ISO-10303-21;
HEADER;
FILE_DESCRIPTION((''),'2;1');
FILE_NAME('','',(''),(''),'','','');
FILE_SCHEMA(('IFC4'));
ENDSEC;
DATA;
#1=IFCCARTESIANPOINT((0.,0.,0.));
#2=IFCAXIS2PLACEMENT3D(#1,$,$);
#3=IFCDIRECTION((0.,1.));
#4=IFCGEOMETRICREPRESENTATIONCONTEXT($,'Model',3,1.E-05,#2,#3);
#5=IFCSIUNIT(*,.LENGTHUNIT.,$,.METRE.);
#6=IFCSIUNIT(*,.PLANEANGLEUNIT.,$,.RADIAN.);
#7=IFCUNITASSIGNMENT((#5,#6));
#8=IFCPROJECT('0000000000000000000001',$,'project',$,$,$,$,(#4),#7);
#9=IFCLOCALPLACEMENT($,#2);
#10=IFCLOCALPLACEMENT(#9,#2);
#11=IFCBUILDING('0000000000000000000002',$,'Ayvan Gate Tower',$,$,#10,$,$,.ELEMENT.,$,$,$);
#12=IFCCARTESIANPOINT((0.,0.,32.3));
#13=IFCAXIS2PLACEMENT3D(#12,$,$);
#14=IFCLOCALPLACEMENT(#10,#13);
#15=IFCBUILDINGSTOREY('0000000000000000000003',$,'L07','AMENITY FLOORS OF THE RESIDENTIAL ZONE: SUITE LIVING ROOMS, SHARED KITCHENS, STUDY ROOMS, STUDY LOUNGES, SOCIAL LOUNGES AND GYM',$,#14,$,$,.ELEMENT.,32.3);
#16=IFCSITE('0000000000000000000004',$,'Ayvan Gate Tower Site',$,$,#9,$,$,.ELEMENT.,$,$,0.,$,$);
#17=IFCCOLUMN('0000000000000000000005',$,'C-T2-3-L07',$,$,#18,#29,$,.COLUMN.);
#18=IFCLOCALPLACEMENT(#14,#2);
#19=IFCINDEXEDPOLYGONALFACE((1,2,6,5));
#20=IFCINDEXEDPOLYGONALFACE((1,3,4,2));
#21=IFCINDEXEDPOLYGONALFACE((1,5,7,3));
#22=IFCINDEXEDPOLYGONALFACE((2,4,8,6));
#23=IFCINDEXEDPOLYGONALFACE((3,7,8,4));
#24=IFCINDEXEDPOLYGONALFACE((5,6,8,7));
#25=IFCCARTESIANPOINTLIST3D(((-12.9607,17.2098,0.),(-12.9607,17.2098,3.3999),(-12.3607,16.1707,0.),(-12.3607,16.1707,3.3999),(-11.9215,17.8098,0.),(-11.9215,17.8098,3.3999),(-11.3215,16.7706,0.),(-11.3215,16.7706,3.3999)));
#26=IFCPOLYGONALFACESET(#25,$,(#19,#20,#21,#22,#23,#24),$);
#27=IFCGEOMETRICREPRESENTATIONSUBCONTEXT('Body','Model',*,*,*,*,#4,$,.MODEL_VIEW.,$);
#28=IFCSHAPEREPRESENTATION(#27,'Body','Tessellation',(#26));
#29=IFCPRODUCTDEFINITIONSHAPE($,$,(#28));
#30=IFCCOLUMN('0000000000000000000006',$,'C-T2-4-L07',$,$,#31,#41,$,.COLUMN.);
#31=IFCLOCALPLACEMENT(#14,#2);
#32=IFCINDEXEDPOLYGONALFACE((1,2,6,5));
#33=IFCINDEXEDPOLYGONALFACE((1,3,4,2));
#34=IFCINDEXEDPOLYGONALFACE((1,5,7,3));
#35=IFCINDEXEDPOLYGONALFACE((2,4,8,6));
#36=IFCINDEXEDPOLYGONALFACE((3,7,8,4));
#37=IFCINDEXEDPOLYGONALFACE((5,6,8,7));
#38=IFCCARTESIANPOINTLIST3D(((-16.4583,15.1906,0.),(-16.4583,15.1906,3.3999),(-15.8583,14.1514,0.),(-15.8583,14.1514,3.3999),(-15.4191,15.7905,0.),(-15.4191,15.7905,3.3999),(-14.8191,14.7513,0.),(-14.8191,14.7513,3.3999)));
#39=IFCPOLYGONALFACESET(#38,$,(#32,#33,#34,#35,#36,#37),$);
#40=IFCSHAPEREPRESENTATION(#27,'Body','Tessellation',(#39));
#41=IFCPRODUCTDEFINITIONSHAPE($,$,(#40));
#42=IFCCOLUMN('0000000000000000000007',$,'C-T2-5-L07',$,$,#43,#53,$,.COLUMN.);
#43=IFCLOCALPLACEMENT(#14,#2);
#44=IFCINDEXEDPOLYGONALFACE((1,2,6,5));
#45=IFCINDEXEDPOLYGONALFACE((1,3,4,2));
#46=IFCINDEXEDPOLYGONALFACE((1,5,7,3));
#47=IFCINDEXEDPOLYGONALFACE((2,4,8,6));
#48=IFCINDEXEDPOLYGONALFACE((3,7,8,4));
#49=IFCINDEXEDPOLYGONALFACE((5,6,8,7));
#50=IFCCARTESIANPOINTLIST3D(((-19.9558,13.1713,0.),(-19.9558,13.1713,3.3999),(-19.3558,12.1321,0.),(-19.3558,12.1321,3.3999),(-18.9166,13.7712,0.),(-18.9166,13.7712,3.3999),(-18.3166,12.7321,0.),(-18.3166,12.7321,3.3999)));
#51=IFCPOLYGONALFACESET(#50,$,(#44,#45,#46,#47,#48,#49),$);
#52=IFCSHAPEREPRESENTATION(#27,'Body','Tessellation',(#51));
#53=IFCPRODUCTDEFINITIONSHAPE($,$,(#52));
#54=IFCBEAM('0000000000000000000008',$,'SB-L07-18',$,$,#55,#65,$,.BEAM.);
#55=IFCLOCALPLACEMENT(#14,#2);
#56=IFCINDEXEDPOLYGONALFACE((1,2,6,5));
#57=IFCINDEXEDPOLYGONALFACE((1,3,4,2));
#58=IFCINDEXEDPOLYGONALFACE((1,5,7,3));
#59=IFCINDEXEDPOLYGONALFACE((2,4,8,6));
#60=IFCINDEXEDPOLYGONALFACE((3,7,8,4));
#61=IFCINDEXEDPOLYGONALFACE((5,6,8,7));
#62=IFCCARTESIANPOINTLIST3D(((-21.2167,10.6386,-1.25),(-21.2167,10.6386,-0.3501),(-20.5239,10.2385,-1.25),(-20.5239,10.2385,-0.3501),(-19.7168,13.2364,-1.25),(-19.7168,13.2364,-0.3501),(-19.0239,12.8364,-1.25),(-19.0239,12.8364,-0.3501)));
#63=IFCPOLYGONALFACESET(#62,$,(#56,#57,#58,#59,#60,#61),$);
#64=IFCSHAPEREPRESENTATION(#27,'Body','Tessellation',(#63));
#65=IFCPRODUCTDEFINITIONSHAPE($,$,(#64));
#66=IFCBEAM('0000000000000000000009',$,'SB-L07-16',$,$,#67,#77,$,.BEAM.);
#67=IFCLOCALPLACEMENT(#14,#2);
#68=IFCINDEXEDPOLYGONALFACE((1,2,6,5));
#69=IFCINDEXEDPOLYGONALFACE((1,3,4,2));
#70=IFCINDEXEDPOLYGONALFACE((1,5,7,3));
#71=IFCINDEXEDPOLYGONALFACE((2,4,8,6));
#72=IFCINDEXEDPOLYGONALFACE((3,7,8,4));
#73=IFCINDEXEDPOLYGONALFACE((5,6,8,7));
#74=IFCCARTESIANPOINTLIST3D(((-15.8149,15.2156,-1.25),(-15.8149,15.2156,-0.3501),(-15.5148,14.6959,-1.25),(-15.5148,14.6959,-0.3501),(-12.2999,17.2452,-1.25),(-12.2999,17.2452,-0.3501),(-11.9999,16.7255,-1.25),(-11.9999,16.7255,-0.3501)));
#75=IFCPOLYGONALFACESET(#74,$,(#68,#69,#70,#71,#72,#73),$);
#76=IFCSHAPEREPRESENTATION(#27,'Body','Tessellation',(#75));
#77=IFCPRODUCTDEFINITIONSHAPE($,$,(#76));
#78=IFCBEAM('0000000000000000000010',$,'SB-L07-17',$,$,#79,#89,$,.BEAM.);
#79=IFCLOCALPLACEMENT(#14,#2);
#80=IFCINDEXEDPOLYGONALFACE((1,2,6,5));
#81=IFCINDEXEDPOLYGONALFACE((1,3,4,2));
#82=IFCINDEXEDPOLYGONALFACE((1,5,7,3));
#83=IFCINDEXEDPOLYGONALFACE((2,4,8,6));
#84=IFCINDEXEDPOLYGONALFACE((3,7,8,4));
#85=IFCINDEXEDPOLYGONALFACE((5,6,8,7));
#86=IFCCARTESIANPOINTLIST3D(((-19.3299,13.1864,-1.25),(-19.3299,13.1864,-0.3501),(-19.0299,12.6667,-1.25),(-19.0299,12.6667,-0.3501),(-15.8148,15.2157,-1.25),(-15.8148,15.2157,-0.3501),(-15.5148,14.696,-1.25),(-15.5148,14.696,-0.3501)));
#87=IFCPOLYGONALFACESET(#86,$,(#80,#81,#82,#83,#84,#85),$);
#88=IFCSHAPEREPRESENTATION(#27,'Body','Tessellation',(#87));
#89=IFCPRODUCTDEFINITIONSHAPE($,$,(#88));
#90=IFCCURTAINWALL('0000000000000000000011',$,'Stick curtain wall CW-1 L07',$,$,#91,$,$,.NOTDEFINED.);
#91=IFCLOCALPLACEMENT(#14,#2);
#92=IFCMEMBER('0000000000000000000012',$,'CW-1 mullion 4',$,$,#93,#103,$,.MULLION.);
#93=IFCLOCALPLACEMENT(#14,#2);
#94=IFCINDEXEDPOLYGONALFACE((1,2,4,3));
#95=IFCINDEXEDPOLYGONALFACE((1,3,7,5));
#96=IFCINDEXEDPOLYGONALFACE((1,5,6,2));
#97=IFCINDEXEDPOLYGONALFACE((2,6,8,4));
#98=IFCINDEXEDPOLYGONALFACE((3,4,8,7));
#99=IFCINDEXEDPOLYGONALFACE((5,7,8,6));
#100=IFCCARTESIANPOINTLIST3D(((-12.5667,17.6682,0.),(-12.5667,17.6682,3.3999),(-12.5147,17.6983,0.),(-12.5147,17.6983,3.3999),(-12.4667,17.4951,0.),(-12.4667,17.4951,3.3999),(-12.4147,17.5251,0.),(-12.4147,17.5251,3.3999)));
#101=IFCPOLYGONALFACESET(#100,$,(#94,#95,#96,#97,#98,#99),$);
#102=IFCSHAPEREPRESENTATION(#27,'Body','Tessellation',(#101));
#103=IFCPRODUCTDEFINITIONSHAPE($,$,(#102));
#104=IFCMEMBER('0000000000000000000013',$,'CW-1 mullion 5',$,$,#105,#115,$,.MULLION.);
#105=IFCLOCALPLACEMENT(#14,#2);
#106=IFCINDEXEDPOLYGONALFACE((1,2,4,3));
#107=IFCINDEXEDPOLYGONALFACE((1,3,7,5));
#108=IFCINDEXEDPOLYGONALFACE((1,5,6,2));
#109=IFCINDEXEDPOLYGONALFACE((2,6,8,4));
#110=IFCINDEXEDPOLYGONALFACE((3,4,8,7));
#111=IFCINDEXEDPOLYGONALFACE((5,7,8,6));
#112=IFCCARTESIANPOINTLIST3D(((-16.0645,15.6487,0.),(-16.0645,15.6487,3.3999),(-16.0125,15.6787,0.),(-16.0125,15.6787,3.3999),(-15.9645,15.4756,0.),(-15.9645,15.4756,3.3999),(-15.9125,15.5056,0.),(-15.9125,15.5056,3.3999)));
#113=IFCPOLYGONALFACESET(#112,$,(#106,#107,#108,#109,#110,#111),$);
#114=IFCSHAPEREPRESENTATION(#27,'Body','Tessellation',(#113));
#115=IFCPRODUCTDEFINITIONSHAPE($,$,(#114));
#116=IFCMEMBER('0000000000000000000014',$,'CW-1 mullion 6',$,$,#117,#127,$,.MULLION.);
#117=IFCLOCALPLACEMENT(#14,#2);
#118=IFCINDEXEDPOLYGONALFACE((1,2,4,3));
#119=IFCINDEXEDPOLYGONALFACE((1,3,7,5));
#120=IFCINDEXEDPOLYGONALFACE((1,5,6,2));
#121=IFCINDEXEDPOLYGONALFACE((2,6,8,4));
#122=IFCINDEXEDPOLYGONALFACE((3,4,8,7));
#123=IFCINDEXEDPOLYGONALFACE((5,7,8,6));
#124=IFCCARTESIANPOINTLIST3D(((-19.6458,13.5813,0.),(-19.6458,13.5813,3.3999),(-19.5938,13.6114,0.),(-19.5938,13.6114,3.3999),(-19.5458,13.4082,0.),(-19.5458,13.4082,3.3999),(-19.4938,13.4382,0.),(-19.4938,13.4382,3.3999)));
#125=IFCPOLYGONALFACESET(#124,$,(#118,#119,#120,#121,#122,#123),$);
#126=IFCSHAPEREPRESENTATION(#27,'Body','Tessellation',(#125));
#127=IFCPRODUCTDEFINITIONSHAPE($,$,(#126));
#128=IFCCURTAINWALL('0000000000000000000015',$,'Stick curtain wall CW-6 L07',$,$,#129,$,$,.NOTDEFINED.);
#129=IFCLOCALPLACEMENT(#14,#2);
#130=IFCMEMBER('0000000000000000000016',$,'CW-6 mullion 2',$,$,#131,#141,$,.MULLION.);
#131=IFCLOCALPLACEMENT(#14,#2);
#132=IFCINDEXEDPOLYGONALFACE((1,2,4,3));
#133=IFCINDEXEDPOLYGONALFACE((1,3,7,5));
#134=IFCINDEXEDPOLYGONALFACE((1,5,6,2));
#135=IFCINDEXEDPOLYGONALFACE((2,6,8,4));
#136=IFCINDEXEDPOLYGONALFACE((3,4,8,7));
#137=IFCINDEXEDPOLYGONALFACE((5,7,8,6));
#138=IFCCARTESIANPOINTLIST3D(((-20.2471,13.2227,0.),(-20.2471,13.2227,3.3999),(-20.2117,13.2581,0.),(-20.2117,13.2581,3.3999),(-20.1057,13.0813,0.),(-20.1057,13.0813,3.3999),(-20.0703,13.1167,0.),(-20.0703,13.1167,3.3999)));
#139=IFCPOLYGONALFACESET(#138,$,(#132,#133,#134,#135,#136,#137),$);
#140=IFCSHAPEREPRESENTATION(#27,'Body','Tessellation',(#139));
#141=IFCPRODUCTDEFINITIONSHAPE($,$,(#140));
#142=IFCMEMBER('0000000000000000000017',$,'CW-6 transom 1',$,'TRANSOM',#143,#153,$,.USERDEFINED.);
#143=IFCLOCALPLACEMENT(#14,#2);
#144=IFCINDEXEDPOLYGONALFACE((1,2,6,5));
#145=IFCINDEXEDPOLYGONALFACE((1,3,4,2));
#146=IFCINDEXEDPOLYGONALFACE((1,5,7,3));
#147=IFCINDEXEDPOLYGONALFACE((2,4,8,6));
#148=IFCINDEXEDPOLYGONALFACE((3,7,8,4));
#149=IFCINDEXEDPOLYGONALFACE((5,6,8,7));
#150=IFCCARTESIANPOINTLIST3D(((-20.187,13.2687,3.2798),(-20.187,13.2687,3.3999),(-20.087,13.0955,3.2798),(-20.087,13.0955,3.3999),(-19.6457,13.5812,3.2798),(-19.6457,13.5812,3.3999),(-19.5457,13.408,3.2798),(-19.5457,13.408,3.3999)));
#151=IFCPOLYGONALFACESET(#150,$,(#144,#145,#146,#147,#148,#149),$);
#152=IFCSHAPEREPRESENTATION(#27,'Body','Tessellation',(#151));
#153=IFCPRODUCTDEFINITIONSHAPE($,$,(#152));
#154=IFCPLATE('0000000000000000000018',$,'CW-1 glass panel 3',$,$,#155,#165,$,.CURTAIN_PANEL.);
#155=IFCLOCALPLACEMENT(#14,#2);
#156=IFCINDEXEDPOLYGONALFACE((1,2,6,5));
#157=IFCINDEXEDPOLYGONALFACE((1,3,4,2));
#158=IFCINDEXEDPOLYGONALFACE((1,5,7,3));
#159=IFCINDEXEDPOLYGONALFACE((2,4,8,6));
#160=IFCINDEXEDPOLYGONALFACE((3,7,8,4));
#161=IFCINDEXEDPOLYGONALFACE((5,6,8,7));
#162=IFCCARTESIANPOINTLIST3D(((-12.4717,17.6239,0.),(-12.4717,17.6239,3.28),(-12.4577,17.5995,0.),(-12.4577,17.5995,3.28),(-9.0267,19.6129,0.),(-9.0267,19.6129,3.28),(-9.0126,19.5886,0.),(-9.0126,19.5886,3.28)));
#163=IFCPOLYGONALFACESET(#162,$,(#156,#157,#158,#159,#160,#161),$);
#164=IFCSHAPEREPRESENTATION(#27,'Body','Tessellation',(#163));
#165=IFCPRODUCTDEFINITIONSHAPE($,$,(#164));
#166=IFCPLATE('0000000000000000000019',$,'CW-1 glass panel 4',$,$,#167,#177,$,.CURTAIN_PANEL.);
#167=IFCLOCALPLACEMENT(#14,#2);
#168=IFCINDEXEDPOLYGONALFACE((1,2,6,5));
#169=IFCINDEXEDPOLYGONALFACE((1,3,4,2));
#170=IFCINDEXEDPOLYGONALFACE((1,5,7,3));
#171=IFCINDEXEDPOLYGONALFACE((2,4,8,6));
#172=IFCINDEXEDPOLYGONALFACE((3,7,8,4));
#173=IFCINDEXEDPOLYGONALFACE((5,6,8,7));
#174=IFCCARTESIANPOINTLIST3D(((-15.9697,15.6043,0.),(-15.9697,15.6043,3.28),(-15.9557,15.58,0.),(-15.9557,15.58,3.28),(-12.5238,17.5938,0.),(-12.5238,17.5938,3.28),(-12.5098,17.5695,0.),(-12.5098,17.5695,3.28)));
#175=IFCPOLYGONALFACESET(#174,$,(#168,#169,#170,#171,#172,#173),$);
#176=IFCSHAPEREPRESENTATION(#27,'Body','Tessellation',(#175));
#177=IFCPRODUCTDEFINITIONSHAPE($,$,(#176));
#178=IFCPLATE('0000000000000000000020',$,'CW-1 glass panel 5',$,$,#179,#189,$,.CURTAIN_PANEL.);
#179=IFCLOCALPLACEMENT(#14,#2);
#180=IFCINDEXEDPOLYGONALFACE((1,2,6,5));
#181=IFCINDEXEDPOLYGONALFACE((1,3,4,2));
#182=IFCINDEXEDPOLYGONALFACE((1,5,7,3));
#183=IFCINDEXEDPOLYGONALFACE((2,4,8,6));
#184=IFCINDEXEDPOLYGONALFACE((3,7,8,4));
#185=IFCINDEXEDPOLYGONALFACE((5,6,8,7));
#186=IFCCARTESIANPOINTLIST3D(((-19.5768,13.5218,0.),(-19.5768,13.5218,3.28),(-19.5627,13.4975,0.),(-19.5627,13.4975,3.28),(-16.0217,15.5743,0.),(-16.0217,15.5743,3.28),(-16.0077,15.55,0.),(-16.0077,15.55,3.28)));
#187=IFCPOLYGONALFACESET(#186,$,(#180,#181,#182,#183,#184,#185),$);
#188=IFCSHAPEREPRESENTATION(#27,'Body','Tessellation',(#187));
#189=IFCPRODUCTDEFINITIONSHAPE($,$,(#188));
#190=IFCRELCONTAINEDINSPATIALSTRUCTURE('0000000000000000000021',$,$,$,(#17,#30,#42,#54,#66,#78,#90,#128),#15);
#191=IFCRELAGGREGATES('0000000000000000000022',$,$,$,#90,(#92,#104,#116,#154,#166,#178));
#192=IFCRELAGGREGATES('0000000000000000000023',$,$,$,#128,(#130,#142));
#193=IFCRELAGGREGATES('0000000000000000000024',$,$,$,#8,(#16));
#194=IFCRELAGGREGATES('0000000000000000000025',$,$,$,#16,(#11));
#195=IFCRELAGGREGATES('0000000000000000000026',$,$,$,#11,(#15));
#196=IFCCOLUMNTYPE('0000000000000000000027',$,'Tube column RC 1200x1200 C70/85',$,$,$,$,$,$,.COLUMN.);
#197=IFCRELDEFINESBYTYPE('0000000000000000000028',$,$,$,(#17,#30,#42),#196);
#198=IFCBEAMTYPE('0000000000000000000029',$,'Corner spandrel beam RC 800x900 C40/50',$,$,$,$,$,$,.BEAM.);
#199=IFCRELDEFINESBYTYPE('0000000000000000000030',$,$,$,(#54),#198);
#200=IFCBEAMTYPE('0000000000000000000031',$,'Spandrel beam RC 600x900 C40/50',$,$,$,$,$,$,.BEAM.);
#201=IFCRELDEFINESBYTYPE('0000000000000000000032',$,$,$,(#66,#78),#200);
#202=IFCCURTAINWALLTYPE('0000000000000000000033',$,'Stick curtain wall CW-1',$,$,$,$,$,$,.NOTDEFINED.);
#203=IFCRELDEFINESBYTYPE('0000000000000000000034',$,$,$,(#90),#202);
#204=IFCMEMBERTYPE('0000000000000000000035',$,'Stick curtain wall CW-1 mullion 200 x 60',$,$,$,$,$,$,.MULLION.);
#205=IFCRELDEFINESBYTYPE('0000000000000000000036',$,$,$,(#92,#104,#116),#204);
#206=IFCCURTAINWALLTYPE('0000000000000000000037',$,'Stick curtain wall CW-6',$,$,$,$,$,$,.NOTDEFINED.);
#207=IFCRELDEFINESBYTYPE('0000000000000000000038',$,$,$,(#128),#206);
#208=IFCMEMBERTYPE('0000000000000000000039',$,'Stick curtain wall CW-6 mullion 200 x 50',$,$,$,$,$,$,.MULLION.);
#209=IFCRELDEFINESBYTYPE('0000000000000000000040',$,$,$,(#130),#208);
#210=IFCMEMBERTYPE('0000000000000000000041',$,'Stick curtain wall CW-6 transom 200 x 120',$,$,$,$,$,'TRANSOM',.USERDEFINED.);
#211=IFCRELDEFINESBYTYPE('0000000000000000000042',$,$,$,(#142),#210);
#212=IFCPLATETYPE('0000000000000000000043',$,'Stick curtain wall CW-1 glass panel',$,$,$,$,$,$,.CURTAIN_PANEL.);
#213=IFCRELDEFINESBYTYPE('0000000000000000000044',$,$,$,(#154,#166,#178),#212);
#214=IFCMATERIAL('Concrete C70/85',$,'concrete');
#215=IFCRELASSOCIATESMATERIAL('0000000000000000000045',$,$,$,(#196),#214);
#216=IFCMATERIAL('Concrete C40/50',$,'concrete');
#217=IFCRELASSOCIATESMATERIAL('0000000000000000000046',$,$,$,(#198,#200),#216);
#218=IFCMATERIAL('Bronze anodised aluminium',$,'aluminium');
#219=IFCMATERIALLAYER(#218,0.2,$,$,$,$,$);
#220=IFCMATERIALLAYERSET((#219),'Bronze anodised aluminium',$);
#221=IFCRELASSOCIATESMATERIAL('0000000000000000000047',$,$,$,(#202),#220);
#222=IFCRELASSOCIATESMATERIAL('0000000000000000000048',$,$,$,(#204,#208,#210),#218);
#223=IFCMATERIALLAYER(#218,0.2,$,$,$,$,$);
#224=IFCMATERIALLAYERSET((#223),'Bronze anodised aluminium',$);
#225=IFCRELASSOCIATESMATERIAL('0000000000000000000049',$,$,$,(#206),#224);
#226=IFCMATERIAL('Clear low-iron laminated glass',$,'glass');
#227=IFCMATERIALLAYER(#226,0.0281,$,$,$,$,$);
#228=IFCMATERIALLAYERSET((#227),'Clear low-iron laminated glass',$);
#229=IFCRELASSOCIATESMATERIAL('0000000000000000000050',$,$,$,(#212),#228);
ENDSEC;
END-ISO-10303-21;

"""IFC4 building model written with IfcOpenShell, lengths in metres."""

from ifc_helpers import new_model, si_unit, direction, frame, origin, origin_2d, place, context, subcontext, project, spatial, rectangle, extrude, material, layer, layer_set, material_profile, profile_set, type_object, element, aggregate, save


model = new_model("IFC4")

# Units and contexts
model_context = context("Model", 3, precision=1e-05, world=origin(), true_north=direction((0.0, 1.0)))
body_context = subcontext(model_context, "Body", "Model", "MODEL_VIEW")
ifc_project = project(units=[si_unit("LENGTHUNIT", "METRE"), si_unit("PLANEANGLEUNIT", "RADIAN")], contexts=[model_context])

# Site, building, storey
site_placement = place(None, origin())
site = spatial("IfcSite", under=ifc_project, at=site_placement, Name="Ayvan Gate Tower Site", CompositionType="ELEMENT", RefElevation=0.0)
building_placement = place(site_placement, origin())
building = spatial("IfcBuilding", under=site, at=building_placement, Name="Ayvan Gate Tower", CompositionType="ELEMENT")
storey_placement = place(building_placement, frame((0.0, 0.0, 32.3)))
storey = spatial("IfcBuildingStorey", under=building, at=storey_placement, Name="L07", Description="AMENITY FLOORS OF THE RESIDENTIAL ZONE: SUITE LIVING ROOMS, SHARED KITCHENS, STUDY ROOMS, STUDY LOUNGES, SOCIAL LOUNGES AND GYM", CompositionType="ELEMENT", Elevation=32.3)

# Columns
ifc_material_1 = material(Name="Concrete C70/85", Category="concrete")
ifc_material_profile_1 = material_profile(ifc_material_1, rectangle(XDim=1.2, YDim=1.2, at=origin_2d()), Name="RC 1200x1200")
ifc_profile_set_1 = profile_set([ifc_material_profile_1], Name="Concrete C70/85")
column_type = type_object("IfcColumnType", Name="Tube column RC 1200x1200 C70/85", PredefinedType="COLUMN", material=ifc_profile_set_1)
for number, where, z_axis, x_axis, name in (
    (1, (-12.1411, 16.9902, 0.0), (0.0, 0.0, 1.0), (-0.5, 0.866025, 0.0), "C-T2-3-L07"),
    (2, (-15.6387, 14.9709, 0.0), (0.0, 0.0, 1.0), (-0.5, 0.866025, 0.0), "C-T2-4-L07"),
    (3, (-19.1362, 12.9517, 0.0), (0.0, 0.0, 1.0), (-0.5, 0.866025, 0.0), "C-T2-5-L07"),
):
    element("IfcColumn", number, at=place(storey_placement, frame(where, z_axis=z_axis, x_axis=x_axis)), inside=storey, type_object=column_type, Name=name, PredefinedType="COLUMN", context=body_context, shape_type="SweptSolid", body=[
        extrude(rectangle(XDim=1.2, YDim=1.2, at=origin_2d()), origin(), (0.0, 0.0, 1.0), 3.3999),
    ])

# Beams
ifc_material_2 = material(Name="Concrete C40/50", Category="concrete")
ifc_material_profile_2 = material_profile(ifc_material_2, rectangle(XDim=0.8, YDim=0.8999, at=origin_2d()), Name="RC 800x900")
ifc_profile_set_2 = profile_set([ifc_material_profile_2], Name="Concrete C40/50")
beam_type_1 = type_object("IfcBeamType", Name="Corner spandrel beam RC 800x900 C40/50", PredefinedType="BEAM", material=ifc_profile_set_2)
beam_placement = place(storey_placement, frame((-19.3704, 13.0364, -0.8), z_axis=(-0.500025, -0.866011, 0.0), x_axis=(0.866011, -0.500025, 0.0)))
element("IfcBeam", 4, at=beam_placement, inside=storey, type_object=beam_type_1, Name="SB-L07-18", PredefinedType="BEAM", context=body_context, shape_type="SweptSolid", body=[
    extrude(rectangle(XDim=0.8, YDim=0.8999, at=origin_2d()), origin(), (0.0, 0.0, 1.0), 2.9998),
])
ifc_material_profile_3 = material_profile(ifc_material_2, rectangle(XDim=0.6001, YDim=0.8999, at=origin_2d()), Name="RC 600x900")
ifc_profile_set_3 = profile_set([ifc_material_profile_3], Name="Concrete C40/50")
beam_type_2 = type_object("IfcBeamType", Name="Spandrel beam RC 600x900 C40/50", PredefinedType="BEAM", material=ifc_profile_set_3)
for number, where, z_axis, x_axis, name in (
    (5, (-12.1499, 16.9854, -0.8), (-0.866002, -0.50004, 0.0), (0.50004, -0.866002, 0.0), "SB-L07-16"),
    (6, (-15.6648, 14.9558, -0.8), (-0.866043, -0.499969, 0.0), (0.499969, -0.866043, 0.0), "SB-L07-17"),
):
    element("IfcBeam", number, at=place(storey_placement, frame(where, z_axis=z_axis, x_axis=x_axis)), inside=storey, type_object=beam_type_2, Name=name, PredefinedType="BEAM", context=body_context, shape_type="SweptSolid", body=[
        extrude(rectangle(XDim=0.6001, YDim=0.8999, at=origin_2d()), origin(), (0.0, 0.0, 1.0), 4.0588),
    ])

# Curtain walls, members
ifc_material_3 = material(Name="Bronze anodised aluminium", Category="aluminium")
ifc_layer_1 = layer(ifc_material_3, 0.2)
ifc_layer_set_1 = layer_set([ifc_layer_1], Name="Bronze anodised aluminium")
curtain_wall_type_1 = type_object("IfcCurtainWallType", Name="Stick curtain wall CW-1", PredefinedType="NOTDEFINED", material=ifc_layer_set_1)
curtain_wall_1_placement = place(storey_placement, origin())
curtain_wall_1 = element("IfcCurtainWall", 7, at=curtain_wall_1_placement, inside=storey, type_object=curtain_wall_type_1, Name="Stick curtain wall CW-1 L07", PredefinedType="NOTDEFINED")
ifc_material_profile_4 = material_profile(ifc_material_3, rectangle(XDim=0.2, YDim=0.0601, at=origin_2d()), Name="Stick curtain wall CW-1 mullion 200 x 60")
ifc_profile_set_4 = profile_set([ifc_material_profile_4], Name="Bronze anodised aluminium")
member_type_1 = type_object("IfcMemberType", Name="Stick curtain wall CW-1 mullion 200 x 60", PredefinedType="MULLION", material=ifc_profile_set_4)
member_1_placement = place(storey_placement, frame((-12.4907, 17.5967, 0.0), z_axis=(0.0, 0.0, 1.0), x_axis=(-0.5, 0.866025, 0.0)))
member_1 = element("IfcMember", 8, at=member_1_placement, type_object=member_type_1, Name="CW-1 mullion 4", PredefinedType="MULLION", context=body_context, shape_type="SweptSolid", body=[
    extrude(rectangle(XDim=0.2, YDim=0.0601, at=origin_2d()), origin(), (0.0, 0.0, 1.0), 3.3999),
])
member_2_placement = place(storey_placement, frame((-15.9885, 15.5771, 0.0), z_axis=(0.0, 0.0, 1.0), x_axis=(-0.5, 0.866025, 0.0)))
member_2 = element("IfcMember", 9, at=member_2_placement, type_object=member_type_1, Name="CW-1 mullion 5", PredefinedType="MULLION", context=body_context, shape_type="SweptSolid", body=[
    extrude(rectangle(XDim=0.2, YDim=0.0601, at=origin_2d()), origin(), (0.0, 0.0, 1.0), 3.3999),
])
member_3_placement = place(storey_placement, frame((-19.5698, 13.5098, 0.0), z_axis=(0.0, 0.0, 1.0), x_axis=(-0.5, 0.866025, 0.0)))
member_3 = element("IfcMember", 10, at=member_3_placement, type_object=member_type_1, Name="CW-1 mullion 6", PredefinedType="MULLION", context=body_context, shape_type="SweptSolid", body=[
    extrude(rectangle(XDim=0.2, YDim=0.0601, at=origin_2d()), origin(), (0.0, 0.0, 1.0), 3.3999),
])
ifc_layer_2 = layer(ifc_material_3, 0.2)
ifc_layer_set_2 = layer_set([ifc_layer_2], Name="Bronze anodised aluminium")
curtain_wall_type_2 = type_object("IfcCurtainWallType", Name="Stick curtain wall CW-6", PredefinedType="NOTDEFINED", material=ifc_layer_set_2)
curtain_wall_2_placement = place(storey_placement, origin())
curtain_wall_2 = element("IfcCurtainWall", 11, at=curtain_wall_2_placement, inside=storey, type_object=curtain_wall_type_2, Name="Stick curtain wall CW-6 L07", PredefinedType="NOTDEFINED")
ifc_material_profile_5 = material_profile(ifc_material_3, rectangle(XDim=0.2, YDim=0.05, at=origin_2d()), Name="Stick curtain wall CW-6 mullion 200 x 50")
ifc_profile_set_5 = profile_set([ifc_material_profile_5], Name="Bronze anodised aluminium")
member_type_2 = type_object("IfcMemberType", Name="Stick curtain wall CW-6 mullion 200 x 50", PredefinedType="MULLION", material=ifc_profile_set_5)
member_4_placement = place(storey_placement, frame((-20.1587, 13.1697, 0.0), z_axis=(0.0, 0.0, 1.0), x_axis=(-0.707107, 0.707107, 0.0)))
member_4 = element("IfcMember", 12, at=member_4_placement, type_object=member_type_2, Name="CW-6 mullion 2", PredefinedType="MULLION", context=body_context, shape_type="SweptSolid", body=[
    extrude(rectangle(XDim=0.2, YDim=0.05, at=origin_2d()), origin(), (0.0, 0.0, 1.0), 3.3999),
])
ifc_material_profile_6 = material_profile(ifc_material_3, rectangle(XDim=0.2, YDim=0.1201, at=origin_2d()), Name="Stick curtain wall CW-6 transom 200 x 120")
ifc_profile_set_6 = profile_set([ifc_material_profile_6], Name="Bronze anodised aluminium")
member_type_3 = type_object("IfcMemberType", Name="Stick curtain wall CW-6 transom 200 x 120", ElementType="TRANSOM", PredefinedType="USERDEFINED", material=ifc_profile_set_6)
member_5_placement = place(storey_placement, frame((-19.5957, 13.4946, 3.3398), z_axis=(-0.866023, -0.500004, 0.0), x_axis=(0.500004, -0.866023, 0.0)))
member_5 = element("IfcMember", 13, at=member_5_placement, type_object=member_type_3, Name="CW-6 transom 1", ObjectType="TRANSOM", PredefinedType="USERDEFINED", context=body_context, shape_type="SweptSolid", body=[
    extrude(rectangle(XDim=0.2, YDim=0.1201, at=origin_2d()), origin(), (0.0, 0.0, 1.0), 0.625),
])

# Plates
ifc_material_4 = material(Name="Clear low-iron laminated glass", Category="glass")
ifc_layer_3 = layer(ifc_material_4, 0.0281)
ifc_layer_set_3 = layer_set([ifc_layer_3], Name="Clear low-iron laminated glass")
plate_type_1 = type_object("IfcPlateType", Name="Stick curtain wall CW-1 glass panel", PredefinedType="CURTAIN_PANEL", material=ifc_layer_set_3)
plate_1_placement = place(storey_placement, frame((-10.7422, 18.6062, 0.0), z_axis=(0.0, 0.0, 1.0), x_axis=(-0.866025, -0.5, 0.0)))
plate_1 = element("IfcPlate", 14, at=plate_1_placement, type_object=plate_type_1, Name="CW-1 glass panel 3", PredefinedType="CURTAIN_PANEL", context=body_context, shape_type="SweptSolid", body=[
    extrude(rectangle(XDim=3.978, YDim=0.0281, at=origin_2d()), origin(), (0.0, 0.0, 1.0), 3.28),
])
plate_2_placement = place(storey_placement, frame((-14.2397, 16.5869, 0.0), z_axis=(0.0, 0.0, 1.0), x_axis=(-0.866025, -0.5, 0.0)))
plate_2 = element("IfcPlate", 15, at=plate_2_placement, type_object=plate_type_1, Name="CW-1 glass panel 4", PredefinedType="CURTAIN_PANEL", context=body_context, shape_type="SweptSolid", body=[
    extrude(rectangle(XDim=3.979, YDim=0.0281, at=origin_2d()), origin(), (0.0, 0.0, 1.0), 3.28),
])
plate_3_placement = place(storey_placement, frame((-17.7922, 14.5359, 0.0), z_axis=(0.0, 0.0, 1.0), x_axis=(-0.866025, -0.5, 0.0)))
plate_3 = element("IfcPlate", 16, at=plate_3_placement, type_object=plate_type_1, Name="CW-1 glass panel 5", PredefinedType="CURTAIN_PANEL", context=body_context, shape_type="SweptSolid", body=[
    extrude(rectangle(XDim=4.105, YDim=0.0281, at=origin_2d()), origin(), (0.0, 0.0, 1.0), 3.28),
])
aggregate(curtain_wall_1, [member_1, member_2, member_3, plate_1, plate_2, plate_3])
aggregate(curtain_wall_2, [member_4, member_5])

save(model, "model.ifc")
